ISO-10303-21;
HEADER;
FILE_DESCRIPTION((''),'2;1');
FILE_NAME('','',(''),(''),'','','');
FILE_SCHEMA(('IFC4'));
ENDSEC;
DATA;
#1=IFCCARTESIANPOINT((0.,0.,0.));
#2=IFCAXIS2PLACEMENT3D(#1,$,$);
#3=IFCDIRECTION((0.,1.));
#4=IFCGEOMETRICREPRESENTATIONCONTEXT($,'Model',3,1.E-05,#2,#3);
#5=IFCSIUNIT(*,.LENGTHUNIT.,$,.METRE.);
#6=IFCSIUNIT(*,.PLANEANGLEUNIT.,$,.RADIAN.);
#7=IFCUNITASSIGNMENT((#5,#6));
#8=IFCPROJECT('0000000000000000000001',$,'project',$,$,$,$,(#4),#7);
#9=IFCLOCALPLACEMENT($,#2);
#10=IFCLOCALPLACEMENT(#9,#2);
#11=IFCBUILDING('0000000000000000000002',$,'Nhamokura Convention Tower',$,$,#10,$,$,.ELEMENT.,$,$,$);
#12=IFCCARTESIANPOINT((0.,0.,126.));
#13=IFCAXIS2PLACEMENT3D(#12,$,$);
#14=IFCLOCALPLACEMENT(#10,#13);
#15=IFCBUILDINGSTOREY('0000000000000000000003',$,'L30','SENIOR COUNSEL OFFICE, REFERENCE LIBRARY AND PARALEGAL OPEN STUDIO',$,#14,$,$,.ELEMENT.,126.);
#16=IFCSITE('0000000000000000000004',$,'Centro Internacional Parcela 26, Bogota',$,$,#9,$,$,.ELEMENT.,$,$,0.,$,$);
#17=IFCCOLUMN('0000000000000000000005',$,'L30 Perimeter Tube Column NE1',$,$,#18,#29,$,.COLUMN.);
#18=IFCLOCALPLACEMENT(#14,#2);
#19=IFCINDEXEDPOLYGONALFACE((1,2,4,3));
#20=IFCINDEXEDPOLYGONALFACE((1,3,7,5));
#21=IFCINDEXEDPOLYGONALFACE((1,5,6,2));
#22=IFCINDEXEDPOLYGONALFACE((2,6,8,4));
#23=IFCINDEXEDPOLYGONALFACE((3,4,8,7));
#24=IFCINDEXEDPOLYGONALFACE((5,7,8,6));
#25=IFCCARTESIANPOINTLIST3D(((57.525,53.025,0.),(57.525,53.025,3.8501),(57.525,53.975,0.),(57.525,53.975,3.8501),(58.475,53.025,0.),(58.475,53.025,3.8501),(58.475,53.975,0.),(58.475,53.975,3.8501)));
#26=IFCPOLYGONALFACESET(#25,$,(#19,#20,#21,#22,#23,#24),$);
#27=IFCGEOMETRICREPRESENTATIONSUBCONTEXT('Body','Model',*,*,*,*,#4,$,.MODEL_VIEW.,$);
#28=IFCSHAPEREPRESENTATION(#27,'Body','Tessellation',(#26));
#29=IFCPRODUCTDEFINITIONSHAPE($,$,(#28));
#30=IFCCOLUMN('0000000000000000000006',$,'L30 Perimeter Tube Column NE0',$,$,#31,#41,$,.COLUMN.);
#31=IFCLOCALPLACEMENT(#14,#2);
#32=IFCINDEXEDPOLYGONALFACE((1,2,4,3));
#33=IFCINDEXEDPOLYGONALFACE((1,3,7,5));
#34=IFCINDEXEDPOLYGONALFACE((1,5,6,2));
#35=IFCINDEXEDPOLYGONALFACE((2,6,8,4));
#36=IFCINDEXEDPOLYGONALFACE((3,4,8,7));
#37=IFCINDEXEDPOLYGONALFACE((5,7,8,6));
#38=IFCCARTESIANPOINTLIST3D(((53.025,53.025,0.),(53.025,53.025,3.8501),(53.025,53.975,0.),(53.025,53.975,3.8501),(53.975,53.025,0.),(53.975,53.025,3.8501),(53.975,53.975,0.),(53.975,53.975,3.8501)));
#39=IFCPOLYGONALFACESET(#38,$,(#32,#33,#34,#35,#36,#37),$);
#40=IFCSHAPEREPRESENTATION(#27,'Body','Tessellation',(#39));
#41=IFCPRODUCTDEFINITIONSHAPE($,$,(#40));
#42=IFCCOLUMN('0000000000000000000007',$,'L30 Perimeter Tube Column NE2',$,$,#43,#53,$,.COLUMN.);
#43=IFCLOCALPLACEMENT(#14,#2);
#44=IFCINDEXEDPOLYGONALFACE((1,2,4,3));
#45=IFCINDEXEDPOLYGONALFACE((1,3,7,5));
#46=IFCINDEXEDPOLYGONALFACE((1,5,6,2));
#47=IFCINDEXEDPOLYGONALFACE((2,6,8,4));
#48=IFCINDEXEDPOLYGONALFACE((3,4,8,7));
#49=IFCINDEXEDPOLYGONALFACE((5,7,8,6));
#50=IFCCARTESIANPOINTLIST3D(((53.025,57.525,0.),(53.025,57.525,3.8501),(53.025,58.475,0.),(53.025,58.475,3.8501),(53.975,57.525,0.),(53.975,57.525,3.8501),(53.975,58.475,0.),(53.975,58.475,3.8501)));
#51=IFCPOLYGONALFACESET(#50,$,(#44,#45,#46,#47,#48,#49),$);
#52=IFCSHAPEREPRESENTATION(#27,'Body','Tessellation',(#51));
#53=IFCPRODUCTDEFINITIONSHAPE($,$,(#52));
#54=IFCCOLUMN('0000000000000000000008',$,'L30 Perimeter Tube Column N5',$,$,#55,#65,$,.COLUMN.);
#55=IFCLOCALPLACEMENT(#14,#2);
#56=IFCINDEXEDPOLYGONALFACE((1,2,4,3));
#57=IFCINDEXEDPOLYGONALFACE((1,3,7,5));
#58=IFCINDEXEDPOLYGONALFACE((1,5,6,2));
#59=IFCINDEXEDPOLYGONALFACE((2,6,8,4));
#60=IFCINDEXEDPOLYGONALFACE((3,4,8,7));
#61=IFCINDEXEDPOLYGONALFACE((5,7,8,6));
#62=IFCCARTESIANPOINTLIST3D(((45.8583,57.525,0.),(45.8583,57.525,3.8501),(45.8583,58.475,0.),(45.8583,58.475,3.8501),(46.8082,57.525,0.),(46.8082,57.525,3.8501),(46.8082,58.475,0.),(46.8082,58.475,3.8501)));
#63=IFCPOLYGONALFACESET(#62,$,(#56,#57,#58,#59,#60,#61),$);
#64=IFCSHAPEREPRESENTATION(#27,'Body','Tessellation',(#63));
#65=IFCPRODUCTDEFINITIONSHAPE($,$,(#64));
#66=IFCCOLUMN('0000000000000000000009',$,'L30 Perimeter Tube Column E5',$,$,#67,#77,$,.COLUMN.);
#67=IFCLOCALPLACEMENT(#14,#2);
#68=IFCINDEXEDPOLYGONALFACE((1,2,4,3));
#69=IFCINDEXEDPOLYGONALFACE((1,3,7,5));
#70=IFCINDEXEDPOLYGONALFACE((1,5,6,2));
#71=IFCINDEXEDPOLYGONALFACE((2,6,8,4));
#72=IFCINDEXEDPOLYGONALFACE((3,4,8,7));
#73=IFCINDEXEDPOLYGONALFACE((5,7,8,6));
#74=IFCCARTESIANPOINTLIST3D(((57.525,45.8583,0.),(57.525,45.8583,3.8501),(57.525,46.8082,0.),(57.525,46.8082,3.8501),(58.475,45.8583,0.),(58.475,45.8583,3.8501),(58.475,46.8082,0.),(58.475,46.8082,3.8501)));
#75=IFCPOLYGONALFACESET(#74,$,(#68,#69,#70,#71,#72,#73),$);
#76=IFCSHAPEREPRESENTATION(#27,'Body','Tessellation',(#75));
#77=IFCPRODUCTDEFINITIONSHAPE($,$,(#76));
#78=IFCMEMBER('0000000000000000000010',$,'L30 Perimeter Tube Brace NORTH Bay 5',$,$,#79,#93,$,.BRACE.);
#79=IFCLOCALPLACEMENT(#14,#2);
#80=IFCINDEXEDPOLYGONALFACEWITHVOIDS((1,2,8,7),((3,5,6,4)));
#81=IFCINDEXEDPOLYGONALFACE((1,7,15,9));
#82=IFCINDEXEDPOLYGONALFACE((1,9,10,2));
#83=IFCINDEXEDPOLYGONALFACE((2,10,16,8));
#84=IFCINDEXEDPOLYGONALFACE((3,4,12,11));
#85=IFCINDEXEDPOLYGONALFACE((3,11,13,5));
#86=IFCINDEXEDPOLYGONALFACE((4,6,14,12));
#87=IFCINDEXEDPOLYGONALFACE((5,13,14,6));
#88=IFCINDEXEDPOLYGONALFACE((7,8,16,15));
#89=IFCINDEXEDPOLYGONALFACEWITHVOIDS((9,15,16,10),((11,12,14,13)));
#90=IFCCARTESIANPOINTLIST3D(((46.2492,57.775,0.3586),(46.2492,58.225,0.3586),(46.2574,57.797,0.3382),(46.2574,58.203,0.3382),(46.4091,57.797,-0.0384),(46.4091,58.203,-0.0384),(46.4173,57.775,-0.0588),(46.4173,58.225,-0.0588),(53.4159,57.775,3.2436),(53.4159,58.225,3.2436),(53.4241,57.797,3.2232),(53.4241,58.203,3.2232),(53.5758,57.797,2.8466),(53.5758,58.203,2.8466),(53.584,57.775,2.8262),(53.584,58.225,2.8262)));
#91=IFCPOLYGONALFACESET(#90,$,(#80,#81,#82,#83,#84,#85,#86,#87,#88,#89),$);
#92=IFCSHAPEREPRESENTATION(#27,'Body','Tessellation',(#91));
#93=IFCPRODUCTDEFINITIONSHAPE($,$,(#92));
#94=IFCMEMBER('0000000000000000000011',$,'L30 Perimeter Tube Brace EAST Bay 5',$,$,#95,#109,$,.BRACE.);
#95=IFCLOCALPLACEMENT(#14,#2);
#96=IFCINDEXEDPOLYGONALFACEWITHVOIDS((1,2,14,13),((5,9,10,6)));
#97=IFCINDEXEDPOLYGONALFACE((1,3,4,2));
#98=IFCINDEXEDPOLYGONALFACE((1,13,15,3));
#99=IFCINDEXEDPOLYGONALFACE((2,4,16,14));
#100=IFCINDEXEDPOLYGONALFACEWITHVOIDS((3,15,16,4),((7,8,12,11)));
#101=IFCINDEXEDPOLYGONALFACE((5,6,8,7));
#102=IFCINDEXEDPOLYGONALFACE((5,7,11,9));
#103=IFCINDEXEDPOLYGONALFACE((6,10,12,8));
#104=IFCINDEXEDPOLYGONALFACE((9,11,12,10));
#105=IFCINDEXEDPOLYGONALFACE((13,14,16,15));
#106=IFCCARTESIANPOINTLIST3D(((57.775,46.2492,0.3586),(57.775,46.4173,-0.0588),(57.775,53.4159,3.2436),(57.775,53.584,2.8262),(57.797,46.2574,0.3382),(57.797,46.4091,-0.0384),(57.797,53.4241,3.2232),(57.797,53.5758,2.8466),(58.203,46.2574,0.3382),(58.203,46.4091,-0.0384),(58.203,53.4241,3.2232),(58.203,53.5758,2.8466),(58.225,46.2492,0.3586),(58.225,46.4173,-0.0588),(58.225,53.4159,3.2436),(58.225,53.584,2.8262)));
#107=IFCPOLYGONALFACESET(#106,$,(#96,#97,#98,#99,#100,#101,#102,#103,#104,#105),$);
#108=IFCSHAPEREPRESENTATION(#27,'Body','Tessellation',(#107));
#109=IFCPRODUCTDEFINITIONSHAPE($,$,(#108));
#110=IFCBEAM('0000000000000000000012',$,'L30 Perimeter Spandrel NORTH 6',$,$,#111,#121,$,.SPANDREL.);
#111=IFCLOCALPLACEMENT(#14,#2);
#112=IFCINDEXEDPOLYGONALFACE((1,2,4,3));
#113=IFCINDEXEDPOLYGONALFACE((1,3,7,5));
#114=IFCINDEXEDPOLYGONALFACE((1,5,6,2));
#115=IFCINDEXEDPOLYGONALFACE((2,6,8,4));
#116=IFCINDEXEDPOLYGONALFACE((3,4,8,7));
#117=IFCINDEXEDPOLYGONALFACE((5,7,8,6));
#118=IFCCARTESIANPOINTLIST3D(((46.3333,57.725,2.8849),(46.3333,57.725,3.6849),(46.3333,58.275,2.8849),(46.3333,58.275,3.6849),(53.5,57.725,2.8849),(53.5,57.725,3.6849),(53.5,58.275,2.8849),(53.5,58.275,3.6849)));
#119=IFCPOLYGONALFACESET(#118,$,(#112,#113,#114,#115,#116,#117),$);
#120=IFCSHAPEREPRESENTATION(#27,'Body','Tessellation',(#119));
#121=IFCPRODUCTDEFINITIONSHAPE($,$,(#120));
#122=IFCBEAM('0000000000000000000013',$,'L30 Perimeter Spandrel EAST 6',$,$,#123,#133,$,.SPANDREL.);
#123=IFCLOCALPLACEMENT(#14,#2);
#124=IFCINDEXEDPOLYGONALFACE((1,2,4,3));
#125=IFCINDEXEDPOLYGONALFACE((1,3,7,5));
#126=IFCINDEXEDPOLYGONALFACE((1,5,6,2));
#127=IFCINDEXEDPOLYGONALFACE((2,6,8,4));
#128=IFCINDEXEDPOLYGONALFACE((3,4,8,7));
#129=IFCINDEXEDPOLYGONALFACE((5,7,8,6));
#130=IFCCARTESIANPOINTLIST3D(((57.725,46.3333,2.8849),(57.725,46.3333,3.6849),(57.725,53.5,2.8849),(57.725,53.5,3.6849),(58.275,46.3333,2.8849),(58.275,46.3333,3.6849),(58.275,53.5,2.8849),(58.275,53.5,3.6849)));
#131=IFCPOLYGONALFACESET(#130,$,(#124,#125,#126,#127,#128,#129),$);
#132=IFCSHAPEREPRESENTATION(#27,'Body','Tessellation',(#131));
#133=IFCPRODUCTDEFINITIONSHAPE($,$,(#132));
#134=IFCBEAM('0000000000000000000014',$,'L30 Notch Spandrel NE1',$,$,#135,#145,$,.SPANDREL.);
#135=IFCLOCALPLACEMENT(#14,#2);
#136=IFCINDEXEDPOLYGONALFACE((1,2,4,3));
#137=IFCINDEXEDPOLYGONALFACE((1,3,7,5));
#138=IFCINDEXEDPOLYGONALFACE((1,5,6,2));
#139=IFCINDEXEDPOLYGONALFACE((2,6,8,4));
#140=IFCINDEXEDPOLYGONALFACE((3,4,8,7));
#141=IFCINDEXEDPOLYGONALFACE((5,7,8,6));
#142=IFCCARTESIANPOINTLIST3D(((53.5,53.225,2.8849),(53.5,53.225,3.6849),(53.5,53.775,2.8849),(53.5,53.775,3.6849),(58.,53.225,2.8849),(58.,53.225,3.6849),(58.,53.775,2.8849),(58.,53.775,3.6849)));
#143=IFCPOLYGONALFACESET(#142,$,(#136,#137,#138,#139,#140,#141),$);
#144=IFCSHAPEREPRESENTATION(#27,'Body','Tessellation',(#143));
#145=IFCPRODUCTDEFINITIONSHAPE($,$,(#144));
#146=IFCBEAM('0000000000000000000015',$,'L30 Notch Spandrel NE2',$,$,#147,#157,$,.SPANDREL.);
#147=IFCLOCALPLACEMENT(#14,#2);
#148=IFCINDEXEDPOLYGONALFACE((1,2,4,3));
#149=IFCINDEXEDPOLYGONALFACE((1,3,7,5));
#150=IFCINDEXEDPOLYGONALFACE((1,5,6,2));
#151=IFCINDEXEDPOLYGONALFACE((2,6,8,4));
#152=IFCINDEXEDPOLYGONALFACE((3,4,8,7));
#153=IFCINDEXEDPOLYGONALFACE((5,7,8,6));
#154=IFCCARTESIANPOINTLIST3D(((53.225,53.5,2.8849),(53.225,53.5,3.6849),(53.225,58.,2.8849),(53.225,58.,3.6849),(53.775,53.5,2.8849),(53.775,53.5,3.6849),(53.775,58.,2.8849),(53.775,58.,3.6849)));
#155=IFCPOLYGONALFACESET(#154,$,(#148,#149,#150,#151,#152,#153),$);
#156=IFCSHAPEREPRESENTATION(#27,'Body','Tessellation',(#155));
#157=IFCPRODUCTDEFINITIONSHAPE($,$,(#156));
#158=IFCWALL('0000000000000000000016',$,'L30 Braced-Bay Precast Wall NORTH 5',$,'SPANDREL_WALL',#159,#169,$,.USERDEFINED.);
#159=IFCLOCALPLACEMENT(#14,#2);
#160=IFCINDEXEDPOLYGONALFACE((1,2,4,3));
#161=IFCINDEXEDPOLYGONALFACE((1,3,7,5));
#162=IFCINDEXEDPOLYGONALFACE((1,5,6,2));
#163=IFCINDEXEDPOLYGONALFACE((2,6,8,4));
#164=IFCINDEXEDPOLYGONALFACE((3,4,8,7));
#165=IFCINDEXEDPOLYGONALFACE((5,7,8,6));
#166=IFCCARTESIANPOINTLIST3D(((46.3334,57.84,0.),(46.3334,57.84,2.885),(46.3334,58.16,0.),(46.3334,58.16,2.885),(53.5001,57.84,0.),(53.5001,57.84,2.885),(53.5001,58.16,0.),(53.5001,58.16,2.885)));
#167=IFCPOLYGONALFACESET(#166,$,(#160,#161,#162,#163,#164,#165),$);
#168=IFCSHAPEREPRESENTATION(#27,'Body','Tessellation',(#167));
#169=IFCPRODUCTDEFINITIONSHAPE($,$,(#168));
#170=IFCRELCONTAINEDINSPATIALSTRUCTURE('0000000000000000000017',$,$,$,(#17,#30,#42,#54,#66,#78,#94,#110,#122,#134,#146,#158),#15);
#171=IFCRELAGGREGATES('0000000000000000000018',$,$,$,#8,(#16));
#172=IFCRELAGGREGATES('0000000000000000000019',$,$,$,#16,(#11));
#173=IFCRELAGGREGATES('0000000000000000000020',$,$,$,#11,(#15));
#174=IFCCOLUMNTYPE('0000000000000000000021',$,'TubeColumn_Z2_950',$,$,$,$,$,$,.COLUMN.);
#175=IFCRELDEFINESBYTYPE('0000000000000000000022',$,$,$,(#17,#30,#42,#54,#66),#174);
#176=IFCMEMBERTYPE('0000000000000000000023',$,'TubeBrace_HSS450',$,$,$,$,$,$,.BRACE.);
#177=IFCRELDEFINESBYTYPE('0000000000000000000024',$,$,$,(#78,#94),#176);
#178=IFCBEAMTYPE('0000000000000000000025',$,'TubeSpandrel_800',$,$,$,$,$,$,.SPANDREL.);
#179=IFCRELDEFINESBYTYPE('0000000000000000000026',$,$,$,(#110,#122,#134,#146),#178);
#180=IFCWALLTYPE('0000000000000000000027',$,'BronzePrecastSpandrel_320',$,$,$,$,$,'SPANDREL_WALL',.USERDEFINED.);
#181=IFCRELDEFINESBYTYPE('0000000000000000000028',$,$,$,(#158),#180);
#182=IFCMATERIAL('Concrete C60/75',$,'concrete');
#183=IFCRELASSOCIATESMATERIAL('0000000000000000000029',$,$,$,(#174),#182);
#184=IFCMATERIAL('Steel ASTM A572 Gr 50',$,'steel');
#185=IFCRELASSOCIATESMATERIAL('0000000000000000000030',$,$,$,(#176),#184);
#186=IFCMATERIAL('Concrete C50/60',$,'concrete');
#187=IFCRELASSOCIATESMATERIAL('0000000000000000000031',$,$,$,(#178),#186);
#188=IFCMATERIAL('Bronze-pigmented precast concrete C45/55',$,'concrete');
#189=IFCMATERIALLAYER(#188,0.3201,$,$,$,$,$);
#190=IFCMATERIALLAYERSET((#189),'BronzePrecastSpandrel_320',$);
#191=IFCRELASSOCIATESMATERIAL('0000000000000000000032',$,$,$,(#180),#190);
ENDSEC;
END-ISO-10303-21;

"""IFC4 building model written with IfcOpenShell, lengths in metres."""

from ifc_helpers import new_model, si_unit, direction, frame, frame_2d, origin, origin_2d, place, context, subcontext, project, spatial, rectangle, hollow_rectangle, extrude, material, layer, layer_set, material_profile, profile_set, type_object, element, save


model = new_model("IFC4")

# Units and contexts
model_context = context("Model", 3, precision=1e-05, world=origin(), true_north=direction((0.0, 1.0)))
body_context = subcontext(model_context, "Body", "Model", "MODEL_VIEW")
ifc_project = project(units=[si_unit("LENGTHUNIT", "METRE"), si_unit("PLANEANGLEUNIT", "RADIAN")], contexts=[model_context])

# Site, building, storey
site_placement = place(None, origin())
site = spatial("IfcSite", under=ifc_project, at=site_placement, Name="Centro Internacional Parcela 26, Bogota", CompositionType="ELEMENT", RefElevation=0.0)
building_placement = place(site_placement, origin())
building = spatial("IfcBuilding", under=site, at=building_placement, Name="Nhamokura Convention Tower", CompositionType="ELEMENT")
storey_placement = place(building_placement, frame((0.0, 0.0, 126.0)))
storey = spatial("IfcBuildingStorey", under=building, at=storey_placement, Name="L30", Description="SENIOR COUNSEL OFFICE, REFERENCE LIBRARY AND PARALEGAL OPEN STUDIO", CompositionType="ELEMENT", Elevation=126.0)

# Columns
ifc_material_1 = material(Name="Concrete C60/75", Category="concrete")
ifc_material_profile_1 = material_profile(ifc_material_1, rectangle(XDim=0.95, YDim=0.95, at=origin_2d()))
ifc_profile_set_1 = profile_set([ifc_material_profile_1], Name="Concrete C60/75")
column_type = type_object("IfcColumnType", Name="TubeColumn_Z2_950", PredefinedType="COLUMN", material=ifc_profile_set_1)
for number, where, z_axis, x_axis, name in (
    (1, (58.0, 53.5, 0.0), (0.0, 0.0, 1.0), (1.0, 0.0, 0.0), "L30 Perimeter Tube Column NE1"),
    (2, (53.5, 53.5, 0.0), (0.0, 0.0, 1.0), (1.0, 0.0, 0.0), "L30 Perimeter Tube Column NE0"),
    (3, (53.5, 58.0, 0.0), (0.0, 0.0, 1.0), (1.0, 0.0, 0.0), "L30 Perimeter Tube Column NE2"),
    (4, (46.3333, 58.0, 0.0), (0.0, 0.0, 1.0), (1.0, 0.0, 0.0), "L30 Perimeter Tube Column N5"),
    (5, (58.0, 46.3333, 0.0), (0.0, 0.0, 1.0), (1.0, 0.0, 0.0), "L30 Perimeter Tube Column E5"),
):
    element("IfcColumn", number, at=place(storey_placement, frame(where, z_axis=z_axis, x_axis=x_axis)), inside=storey, type_object=column_type, Name=name, PredefinedType="COLUMN", context=body_context, shape_type="SweptSolid", body=[
        extrude(rectangle(XDim=0.95, YDim=0.95, at=origin_2d()), origin(), (0.0, 0.0, 1.0), 3.8501),
    ])

# Members
ifc_material_2 = material(Name="Steel ASTM A572 Gr 50", Category="steel")
ifc_material_profile_2 = material_profile(ifc_material_2, hollow_rectangle(XDim=0.45, YDim=0.45, WallThickness=0.022, at=origin_2d()))
ifc_profile_set_2 = profile_set([ifc_material_profile_2], Name="Steel ASTM A572 Gr 50")
member_type = type_object("IfcMemberType", Name="TubeBrace_HSS450", PredefinedType="BRACE", material=ifc_profile_set_2)
for number, where, z_axis, x_axis, name in (
    (6, (46.3333, 58.0, 0.1499), (0.927657, 0.0, 0.373433), (0.0, 1.0, 0.0), "L30 Perimeter Tube Brace NORTH Bay 5"),
    (7, (58.0, 46.3333, 0.1499), (0.0, 0.927657, 0.373433), (-1.0, 0.0, 0.0), "L30 Perimeter Tube Brace EAST Bay 5"),
):
    element("IfcMember", number, at=place(storey_placement, frame(where, z_axis=z_axis, x_axis=x_axis)), inside=storey, type_object=member_type, Name=name, PredefinedType="BRACE", context=body_context, shape_type="SweptSolid", body=[
        extrude(hollow_rectangle(XDim=0.45, YDim=0.45, WallThickness=0.022, at=origin_2d()), origin(), (0.0, 0.0, 1.0), 7.7256),
    ])

# Beams
ifc_material_3 = material(Name="Concrete C50/60", Category="concrete")
ifc_material_profile_3 = material_profile(ifc_material_3, rectangle(XDim=0.55, YDim=0.8, at=origin_2d()))
ifc_profile_set_3 = profile_set([ifc_material_profile_3], Name="Concrete C50/60")
beam_type = type_object("IfcBeamType", Name="TubeSpandrel_800", PredefinedType="SPANDREL", material=ifc_profile_set_3)
for number, where, z_axis, x_axis, name in (
    (8, (46.3333, 58.0, 3.2849), (1.0, 0.0, 0.0), (0.0, 1.0, 0.0), "L30 Perimeter Spandrel NORTH 6"),
    (9, (58.0, 46.3333, 3.2849), (0.0, 1.0, 0.0), (-1.0, 0.0, 0.0), "L30 Perimeter Spandrel EAST 6"),
):
    element("IfcBeam", number, at=place(storey_placement, frame(where, z_axis=z_axis, x_axis=x_axis)), inside=storey, type_object=beam_type, Name=name, PredefinedType="SPANDREL", context=body_context, shape_type="SweptSolid", body=[
        extrude(rectangle(XDim=0.55, YDim=0.8, at=origin_2d()), origin(), (0.0, 0.0, 1.0), 7.1667),
    ])
for number, where, z_axis, x_axis, name in (
    (10, (58.0, 53.5, 3.2849), (-1.0, 0.0, 0.0), (0.0, -1.0, 0.0), "L30 Notch Spandrel NE1"),
    (11, (53.5, 53.5, 3.2849), (0.0, 1.0, 0.0), (-1.0, 0.0, 0.0), "L30 Notch Spandrel NE2"),
):
    element("IfcBeam", number, at=place(storey_placement, frame(where, z_axis=z_axis, x_axis=x_axis)), inside=storey, type_object=beam_type, Name=name, PredefinedType="SPANDREL", context=body_context, shape_type="SweptSolid", body=[
        extrude(rectangle(XDim=0.55, YDim=0.8, at=origin_2d()), origin(), (0.0, 0.0, 1.0), 4.5),
    ])

# Wall
ifc_material_4 = material(Name="Bronze-pigmented precast concrete C45/55", Category="concrete")
ifc_layer = layer(ifc_material_4, 0.3201)
ifc_layer_set = layer_set([ifc_layer], Name="BronzePrecastSpandrel_320")
wall_type = type_object("IfcWallType", Name="BronzePrecastSpandrel_320", ElementType="SPANDREL_WALL", PredefinedType="USERDEFINED", material=ifc_layer_set)
wall_1_placement = place(storey_placement, frame((46.3333, 58.0, 0.0), z_axis=(0.0, 0.0, 1.0), x_axis=(1.0, 0.0, 0.0)))
element("IfcWall", 12, at=wall_1_placement, inside=storey, type_object=wall_type, Name="L30 Braced-Bay Precast Wall NORTH 5", ObjectType="SPANDREL_WALL", PredefinedType="USERDEFINED", context=body_context, shape_type="SweptSolid", body=[
    extrude(rectangle(XDim=7.1667, YDim=0.3201, at=frame_2d((3.5835, 0.0))), origin(), (0.0, 0.0, 1.0), 2.885),
])

save(model, "model.ifc")
